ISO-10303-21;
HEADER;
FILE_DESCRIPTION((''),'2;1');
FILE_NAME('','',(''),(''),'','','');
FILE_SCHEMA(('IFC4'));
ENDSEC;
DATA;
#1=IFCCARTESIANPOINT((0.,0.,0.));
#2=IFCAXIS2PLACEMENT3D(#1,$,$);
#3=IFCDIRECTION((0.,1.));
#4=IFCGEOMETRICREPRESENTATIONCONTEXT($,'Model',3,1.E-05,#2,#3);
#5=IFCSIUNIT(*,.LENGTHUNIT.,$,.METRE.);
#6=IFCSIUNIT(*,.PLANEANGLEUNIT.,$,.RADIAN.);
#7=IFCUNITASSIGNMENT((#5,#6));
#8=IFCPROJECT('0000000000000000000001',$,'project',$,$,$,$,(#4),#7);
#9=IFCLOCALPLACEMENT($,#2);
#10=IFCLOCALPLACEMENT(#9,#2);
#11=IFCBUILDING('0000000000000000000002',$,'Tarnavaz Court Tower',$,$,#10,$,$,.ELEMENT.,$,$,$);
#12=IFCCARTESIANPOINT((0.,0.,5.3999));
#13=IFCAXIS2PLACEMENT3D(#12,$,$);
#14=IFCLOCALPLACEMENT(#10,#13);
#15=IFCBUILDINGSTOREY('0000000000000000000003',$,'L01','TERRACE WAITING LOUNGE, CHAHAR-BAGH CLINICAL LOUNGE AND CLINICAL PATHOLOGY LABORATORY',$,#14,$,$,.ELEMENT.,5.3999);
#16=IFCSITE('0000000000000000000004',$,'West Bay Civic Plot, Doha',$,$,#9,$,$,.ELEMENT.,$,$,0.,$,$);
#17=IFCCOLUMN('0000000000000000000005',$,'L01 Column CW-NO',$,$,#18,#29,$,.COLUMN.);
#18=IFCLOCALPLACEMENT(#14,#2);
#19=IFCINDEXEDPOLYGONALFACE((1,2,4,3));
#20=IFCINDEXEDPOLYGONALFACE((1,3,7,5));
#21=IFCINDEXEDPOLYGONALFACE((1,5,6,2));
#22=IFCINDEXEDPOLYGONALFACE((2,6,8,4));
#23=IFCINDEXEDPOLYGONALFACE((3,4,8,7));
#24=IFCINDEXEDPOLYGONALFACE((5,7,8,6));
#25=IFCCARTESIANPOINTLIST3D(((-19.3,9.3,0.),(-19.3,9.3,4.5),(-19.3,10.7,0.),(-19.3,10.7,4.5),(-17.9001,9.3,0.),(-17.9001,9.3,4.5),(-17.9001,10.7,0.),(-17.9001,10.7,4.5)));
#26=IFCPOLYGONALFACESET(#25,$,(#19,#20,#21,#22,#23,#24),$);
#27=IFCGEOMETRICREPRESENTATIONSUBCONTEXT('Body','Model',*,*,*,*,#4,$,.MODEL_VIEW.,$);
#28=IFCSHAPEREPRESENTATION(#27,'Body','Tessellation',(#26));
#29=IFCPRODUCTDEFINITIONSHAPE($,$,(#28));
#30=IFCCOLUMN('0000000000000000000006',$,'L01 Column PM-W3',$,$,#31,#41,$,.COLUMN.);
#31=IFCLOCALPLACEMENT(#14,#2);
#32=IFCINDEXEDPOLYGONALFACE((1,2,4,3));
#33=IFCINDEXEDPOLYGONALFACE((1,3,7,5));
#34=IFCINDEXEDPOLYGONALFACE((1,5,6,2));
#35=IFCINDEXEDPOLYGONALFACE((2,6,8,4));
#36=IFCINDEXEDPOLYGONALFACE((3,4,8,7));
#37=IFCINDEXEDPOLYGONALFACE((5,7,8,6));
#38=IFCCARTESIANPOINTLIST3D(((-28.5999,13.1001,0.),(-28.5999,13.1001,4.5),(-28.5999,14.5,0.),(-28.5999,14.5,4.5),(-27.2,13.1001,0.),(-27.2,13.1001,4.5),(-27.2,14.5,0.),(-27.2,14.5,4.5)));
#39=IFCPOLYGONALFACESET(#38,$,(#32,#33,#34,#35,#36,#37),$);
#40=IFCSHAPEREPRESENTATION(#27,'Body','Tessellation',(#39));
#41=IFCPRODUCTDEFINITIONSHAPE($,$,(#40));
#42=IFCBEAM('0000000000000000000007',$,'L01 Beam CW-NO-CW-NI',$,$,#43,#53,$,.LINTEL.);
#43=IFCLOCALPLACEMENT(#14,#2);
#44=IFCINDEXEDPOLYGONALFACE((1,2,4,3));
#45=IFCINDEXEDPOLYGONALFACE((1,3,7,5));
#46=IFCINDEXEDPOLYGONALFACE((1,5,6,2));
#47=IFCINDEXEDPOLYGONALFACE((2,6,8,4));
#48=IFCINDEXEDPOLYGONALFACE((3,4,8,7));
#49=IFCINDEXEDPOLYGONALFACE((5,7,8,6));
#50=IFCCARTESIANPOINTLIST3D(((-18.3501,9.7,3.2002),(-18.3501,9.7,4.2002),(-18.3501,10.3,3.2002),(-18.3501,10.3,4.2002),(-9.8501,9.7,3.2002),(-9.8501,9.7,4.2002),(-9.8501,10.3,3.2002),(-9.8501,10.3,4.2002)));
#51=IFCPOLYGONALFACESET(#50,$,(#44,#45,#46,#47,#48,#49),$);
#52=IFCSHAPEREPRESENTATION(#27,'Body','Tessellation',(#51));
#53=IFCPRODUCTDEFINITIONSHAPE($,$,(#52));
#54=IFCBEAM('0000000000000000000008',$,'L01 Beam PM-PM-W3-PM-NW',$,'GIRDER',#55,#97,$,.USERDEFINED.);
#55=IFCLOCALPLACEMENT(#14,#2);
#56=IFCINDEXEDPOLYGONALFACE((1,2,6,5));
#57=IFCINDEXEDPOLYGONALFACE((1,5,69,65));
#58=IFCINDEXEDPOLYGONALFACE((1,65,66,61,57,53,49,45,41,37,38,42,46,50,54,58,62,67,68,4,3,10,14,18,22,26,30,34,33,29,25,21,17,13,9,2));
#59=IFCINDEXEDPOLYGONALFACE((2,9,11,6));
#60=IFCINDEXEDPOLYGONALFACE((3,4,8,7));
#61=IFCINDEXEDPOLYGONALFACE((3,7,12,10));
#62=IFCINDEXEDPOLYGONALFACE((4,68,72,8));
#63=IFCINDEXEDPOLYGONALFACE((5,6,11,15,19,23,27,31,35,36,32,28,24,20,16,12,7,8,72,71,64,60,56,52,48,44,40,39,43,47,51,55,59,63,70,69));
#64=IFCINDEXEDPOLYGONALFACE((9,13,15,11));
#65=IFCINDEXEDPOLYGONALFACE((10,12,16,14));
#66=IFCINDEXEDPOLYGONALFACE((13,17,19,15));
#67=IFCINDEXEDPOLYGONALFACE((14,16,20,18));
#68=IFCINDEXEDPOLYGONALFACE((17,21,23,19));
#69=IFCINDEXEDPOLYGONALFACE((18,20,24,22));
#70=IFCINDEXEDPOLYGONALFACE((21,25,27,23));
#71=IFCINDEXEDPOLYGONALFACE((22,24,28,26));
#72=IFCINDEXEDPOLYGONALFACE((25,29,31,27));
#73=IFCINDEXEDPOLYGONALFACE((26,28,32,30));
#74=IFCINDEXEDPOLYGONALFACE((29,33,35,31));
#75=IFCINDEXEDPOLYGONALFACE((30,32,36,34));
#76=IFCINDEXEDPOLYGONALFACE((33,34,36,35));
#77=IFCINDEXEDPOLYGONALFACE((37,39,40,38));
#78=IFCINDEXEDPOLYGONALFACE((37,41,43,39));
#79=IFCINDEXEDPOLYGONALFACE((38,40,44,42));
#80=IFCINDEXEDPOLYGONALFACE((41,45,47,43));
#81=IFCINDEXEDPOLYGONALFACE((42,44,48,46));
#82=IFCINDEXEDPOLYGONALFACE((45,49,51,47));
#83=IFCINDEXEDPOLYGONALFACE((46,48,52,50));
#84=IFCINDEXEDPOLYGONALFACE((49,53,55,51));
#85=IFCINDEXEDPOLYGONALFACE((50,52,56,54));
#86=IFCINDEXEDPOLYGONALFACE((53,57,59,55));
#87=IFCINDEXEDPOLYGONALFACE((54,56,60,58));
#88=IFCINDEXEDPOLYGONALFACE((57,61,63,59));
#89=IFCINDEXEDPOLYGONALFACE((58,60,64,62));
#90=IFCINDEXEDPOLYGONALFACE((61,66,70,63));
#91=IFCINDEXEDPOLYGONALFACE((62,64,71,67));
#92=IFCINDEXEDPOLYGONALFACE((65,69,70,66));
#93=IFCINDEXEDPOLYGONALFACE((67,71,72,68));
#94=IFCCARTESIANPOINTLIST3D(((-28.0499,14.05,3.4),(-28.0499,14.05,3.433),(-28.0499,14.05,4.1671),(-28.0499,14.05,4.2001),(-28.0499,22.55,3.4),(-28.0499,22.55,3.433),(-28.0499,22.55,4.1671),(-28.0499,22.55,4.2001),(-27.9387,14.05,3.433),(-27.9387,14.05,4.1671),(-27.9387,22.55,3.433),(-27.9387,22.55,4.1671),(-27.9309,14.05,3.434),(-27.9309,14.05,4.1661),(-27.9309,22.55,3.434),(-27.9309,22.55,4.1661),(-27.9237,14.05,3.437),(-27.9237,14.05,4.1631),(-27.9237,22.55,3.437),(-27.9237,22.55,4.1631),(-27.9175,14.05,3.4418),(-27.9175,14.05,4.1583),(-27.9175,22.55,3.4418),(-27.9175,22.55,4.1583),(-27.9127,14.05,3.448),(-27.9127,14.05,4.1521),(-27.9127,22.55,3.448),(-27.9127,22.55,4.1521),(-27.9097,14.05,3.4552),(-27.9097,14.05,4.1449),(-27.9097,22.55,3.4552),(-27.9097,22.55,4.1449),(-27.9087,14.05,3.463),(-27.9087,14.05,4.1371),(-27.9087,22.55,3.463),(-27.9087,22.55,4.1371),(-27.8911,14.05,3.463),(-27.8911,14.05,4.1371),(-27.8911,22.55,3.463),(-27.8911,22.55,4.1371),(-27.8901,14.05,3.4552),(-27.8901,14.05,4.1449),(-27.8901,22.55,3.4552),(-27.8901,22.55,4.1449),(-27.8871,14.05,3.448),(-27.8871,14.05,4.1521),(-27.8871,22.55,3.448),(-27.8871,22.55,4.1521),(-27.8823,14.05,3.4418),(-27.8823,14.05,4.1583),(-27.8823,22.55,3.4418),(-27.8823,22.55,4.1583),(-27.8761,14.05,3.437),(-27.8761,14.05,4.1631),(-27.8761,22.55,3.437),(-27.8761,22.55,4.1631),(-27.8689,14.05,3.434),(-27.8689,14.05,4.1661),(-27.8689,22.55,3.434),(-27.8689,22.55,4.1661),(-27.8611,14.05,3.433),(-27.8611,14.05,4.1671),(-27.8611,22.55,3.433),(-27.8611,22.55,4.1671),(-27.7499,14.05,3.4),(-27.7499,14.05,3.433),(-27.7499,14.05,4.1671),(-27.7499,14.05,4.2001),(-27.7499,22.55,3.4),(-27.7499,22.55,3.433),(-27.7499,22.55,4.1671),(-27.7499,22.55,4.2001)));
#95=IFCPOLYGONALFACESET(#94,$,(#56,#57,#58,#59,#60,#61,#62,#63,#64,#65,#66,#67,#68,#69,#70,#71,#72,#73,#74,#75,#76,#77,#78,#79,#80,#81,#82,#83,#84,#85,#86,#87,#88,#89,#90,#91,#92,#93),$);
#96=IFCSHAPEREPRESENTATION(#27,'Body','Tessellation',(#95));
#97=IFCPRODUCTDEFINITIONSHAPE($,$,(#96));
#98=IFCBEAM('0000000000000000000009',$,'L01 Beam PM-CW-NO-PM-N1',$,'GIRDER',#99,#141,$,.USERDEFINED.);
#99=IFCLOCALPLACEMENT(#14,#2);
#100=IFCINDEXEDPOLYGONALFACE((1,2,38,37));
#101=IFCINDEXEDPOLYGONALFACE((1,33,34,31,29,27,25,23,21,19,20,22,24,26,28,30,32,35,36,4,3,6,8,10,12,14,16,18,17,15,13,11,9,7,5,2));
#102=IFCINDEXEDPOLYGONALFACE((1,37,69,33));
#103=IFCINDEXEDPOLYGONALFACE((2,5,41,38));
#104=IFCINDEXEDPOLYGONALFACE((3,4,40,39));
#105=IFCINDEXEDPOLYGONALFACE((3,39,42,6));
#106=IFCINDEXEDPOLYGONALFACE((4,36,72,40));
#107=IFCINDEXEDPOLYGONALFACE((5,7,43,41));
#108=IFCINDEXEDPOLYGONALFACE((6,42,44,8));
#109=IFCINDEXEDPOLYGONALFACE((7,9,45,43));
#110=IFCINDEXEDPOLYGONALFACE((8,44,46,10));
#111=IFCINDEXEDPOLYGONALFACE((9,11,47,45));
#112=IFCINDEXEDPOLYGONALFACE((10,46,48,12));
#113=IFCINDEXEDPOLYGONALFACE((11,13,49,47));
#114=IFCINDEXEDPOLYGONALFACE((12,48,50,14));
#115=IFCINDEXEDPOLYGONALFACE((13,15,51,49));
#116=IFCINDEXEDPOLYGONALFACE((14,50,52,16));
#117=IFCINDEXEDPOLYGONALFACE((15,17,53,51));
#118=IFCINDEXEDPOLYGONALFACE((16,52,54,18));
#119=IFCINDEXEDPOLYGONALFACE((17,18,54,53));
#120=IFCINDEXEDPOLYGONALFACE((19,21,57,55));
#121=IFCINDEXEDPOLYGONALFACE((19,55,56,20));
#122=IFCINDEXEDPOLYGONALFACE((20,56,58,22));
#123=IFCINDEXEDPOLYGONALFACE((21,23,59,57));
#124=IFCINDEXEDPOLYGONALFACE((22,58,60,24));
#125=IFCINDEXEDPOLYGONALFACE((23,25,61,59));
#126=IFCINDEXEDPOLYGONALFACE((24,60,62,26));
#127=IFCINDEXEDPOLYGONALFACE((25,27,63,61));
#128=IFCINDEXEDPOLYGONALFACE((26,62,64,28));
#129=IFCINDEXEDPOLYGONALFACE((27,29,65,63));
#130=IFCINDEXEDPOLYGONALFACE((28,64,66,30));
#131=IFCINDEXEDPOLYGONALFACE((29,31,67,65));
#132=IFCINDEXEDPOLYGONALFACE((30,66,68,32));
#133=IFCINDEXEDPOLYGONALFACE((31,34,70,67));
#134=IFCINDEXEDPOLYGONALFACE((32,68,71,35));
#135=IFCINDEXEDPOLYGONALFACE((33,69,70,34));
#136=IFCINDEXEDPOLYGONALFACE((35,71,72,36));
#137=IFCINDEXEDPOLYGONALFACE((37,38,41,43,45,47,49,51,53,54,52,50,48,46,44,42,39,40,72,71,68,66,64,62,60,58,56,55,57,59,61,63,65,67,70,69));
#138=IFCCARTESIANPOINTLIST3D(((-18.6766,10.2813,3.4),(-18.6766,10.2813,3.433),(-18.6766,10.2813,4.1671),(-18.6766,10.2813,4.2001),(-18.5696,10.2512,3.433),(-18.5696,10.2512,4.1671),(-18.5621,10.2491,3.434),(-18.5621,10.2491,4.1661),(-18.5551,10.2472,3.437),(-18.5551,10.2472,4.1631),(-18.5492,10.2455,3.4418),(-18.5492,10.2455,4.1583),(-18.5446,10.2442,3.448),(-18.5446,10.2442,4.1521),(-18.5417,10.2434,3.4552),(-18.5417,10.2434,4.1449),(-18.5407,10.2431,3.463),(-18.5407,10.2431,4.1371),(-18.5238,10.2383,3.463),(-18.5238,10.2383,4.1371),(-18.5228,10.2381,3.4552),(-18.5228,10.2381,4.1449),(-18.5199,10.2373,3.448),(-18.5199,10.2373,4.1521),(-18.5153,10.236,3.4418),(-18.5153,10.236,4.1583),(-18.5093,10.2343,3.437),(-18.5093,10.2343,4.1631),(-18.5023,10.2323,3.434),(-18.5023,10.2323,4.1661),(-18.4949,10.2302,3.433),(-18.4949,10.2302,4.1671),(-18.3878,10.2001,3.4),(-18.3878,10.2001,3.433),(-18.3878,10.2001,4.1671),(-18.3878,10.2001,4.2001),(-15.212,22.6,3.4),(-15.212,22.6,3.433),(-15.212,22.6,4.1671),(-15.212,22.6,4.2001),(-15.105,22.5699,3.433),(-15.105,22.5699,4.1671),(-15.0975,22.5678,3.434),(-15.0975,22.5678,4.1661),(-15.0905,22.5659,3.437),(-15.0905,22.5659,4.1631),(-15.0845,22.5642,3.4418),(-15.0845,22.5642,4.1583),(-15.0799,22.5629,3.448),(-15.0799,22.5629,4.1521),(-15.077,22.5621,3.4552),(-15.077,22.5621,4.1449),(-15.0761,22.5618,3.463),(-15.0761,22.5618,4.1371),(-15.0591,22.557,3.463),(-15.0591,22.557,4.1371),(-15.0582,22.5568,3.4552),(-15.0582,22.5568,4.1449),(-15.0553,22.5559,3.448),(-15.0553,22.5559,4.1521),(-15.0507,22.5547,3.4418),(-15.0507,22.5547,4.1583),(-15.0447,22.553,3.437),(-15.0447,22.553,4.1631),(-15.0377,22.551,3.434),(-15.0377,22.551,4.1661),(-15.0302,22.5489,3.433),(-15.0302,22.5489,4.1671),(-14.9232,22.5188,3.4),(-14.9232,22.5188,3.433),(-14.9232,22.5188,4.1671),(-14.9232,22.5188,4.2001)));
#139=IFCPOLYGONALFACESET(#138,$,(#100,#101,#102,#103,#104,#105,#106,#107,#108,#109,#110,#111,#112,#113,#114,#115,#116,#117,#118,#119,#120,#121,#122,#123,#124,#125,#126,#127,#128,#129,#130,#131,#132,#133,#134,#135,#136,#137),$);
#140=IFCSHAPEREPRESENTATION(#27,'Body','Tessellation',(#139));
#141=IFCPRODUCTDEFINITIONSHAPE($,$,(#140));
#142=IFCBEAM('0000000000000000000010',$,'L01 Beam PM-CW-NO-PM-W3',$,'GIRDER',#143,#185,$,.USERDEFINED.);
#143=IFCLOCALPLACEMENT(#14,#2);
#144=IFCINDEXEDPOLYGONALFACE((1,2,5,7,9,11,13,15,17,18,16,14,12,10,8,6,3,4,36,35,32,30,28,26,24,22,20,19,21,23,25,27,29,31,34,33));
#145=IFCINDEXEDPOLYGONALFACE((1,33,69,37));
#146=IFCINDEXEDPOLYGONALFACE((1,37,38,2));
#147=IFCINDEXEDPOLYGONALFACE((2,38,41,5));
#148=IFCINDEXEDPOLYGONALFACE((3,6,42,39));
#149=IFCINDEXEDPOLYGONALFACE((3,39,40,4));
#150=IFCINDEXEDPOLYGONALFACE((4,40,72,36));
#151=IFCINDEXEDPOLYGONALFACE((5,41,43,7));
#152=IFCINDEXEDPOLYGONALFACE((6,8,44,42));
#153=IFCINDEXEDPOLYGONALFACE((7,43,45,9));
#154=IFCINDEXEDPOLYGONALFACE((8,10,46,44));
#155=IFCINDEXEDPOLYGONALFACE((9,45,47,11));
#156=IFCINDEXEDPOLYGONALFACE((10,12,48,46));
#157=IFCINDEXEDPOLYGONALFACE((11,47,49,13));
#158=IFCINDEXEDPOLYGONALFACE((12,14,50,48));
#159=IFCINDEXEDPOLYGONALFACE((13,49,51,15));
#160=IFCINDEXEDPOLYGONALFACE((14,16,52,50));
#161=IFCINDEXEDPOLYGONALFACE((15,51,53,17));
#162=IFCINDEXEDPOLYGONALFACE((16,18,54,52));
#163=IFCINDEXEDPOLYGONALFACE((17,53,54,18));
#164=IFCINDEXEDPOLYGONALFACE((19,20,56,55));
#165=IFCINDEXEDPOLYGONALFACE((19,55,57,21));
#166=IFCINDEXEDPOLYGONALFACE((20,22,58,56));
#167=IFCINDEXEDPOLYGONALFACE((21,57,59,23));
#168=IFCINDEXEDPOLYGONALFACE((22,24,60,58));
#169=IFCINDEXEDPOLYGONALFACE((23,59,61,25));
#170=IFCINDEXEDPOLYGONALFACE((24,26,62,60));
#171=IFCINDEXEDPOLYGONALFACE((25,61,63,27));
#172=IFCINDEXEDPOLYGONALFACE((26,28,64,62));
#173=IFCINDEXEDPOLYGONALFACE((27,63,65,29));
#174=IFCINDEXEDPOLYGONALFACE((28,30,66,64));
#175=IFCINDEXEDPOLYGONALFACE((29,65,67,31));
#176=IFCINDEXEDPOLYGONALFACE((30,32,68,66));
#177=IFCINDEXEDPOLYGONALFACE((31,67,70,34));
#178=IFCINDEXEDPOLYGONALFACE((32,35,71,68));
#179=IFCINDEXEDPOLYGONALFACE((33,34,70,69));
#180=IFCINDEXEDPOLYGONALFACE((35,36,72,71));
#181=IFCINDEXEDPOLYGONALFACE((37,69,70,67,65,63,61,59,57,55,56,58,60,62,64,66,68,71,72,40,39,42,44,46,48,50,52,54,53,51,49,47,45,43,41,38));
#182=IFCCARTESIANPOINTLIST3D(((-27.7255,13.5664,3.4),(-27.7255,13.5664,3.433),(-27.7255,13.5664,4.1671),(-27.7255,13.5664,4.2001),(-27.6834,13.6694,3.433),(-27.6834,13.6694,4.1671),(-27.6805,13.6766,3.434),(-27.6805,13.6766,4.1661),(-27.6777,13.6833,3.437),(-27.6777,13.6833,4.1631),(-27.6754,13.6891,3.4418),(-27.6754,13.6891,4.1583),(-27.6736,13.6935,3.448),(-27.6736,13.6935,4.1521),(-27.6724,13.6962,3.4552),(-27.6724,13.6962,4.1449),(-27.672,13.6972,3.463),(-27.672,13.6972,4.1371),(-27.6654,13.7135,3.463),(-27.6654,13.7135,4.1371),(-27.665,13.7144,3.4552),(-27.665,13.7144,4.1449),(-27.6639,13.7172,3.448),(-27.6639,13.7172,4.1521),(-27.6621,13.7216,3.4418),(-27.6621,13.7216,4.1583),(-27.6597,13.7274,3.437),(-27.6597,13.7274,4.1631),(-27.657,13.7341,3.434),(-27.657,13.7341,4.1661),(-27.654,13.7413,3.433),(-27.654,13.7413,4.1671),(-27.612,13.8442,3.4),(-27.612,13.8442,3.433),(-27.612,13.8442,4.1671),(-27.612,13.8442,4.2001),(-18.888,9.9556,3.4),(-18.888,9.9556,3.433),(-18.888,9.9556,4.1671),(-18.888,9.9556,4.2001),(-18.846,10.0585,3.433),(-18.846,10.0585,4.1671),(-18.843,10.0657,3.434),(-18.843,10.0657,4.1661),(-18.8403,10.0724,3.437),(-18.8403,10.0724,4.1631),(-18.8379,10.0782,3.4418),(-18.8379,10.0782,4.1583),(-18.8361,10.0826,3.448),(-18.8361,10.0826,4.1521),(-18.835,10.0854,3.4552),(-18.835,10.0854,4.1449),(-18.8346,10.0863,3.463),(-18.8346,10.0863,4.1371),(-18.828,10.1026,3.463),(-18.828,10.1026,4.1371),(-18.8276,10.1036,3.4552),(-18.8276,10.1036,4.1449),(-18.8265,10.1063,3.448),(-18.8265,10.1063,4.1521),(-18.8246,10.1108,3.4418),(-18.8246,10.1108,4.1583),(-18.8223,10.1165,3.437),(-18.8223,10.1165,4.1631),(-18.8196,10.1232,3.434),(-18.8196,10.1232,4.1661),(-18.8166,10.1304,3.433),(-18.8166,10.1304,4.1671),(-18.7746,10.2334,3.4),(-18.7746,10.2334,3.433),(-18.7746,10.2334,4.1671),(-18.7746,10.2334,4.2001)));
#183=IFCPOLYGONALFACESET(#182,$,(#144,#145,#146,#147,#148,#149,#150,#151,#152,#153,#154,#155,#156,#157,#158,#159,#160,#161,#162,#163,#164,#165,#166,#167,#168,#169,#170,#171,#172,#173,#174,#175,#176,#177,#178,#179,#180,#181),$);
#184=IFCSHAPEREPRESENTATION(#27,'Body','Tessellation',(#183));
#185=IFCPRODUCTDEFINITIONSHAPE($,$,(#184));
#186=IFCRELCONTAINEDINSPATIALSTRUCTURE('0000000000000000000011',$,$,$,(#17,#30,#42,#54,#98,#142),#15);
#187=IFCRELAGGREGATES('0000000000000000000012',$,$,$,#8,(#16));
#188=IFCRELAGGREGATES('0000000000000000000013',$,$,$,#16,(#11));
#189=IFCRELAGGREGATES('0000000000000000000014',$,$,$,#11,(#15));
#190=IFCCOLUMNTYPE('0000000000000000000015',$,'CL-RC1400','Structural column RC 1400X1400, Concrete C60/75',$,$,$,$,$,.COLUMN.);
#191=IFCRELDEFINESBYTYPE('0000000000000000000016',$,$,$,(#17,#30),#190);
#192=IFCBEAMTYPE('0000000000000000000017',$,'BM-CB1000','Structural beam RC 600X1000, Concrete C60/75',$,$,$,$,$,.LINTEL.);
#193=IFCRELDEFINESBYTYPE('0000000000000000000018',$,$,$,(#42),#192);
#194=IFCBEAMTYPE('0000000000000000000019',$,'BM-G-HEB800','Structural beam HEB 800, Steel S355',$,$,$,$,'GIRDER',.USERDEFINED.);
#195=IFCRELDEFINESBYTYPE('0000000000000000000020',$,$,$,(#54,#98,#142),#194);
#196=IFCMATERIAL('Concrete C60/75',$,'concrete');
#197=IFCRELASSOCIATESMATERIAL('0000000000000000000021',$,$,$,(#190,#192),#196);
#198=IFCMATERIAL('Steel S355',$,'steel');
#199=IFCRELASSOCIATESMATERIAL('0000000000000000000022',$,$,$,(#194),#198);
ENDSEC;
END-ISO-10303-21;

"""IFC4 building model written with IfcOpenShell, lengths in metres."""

from ifc_helpers import new_model, si_unit, direction, frame, origin, origin_2d, place, context, subcontext, project, spatial, rectangle, i_section, extrude, material, material_profile, profile_set, type_object, element, save


model = new_model("IFC4")

# Units and contexts
model_context = context("Model", 3, precision=1e-05, world=origin(), true_north=direction((0.0, 1.0)))
body_context = subcontext(model_context, "Body", "Model", "MODEL_VIEW")
ifc_project = project(units=[si_unit("LENGTHUNIT", "METRE"), si_unit("PLANEANGLEUNIT", "RADIAN")], contexts=[model_context])

# Site, building, storey
site_placement = place(None, origin())
site = spatial("IfcSite", under=ifc_project, at=site_placement, Name="West Bay Civic Plot, Doha", CompositionType="ELEMENT", RefElevation=0.0)
building_placement = place(site_placement, origin())
building = spatial("IfcBuilding", under=site, at=building_placement, Name="Tarnavaz Court Tower", CompositionType="ELEMENT")
storey_placement = place(building_placement, frame((0.0, 0.0, 5.3999)))
storey = spatial("IfcBuildingStorey", under=building, at=storey_placement, Name="L01", Description="TERRACE WAITING LOUNGE, CHAHAR-BAGH CLINICAL LOUNGE AND CLINICAL PATHOLOGY LABORATORY", CompositionType="ELEMENT", Elevation=5.3999)

# Columns
ifc_material_1 = material(Name="Concrete C60/75", Category="concrete")
ifc_material_profile_1 = material_profile(ifc_material_1, rectangle(XDim=1.3999, YDim=1.3999, at=origin_2d()), Name="RC 1400X1400")
ifc_profile_set_1 = profile_set([ifc_material_profile_1], Name="Concrete C60/75")
column_type = type_object("IfcColumnType", Name="CL-RC1400", Description="Structural column RC 1400X1400, Concrete C60/75", PredefinedType="COLUMN", material=ifc_profile_set_1)
for number, where, z_axis, x_axis, name in (
    (1, (-18.6001, 10.0, 0.0), (0.0, 0.0, 1.0), (1.0, 0.0, 0.0), "L01 Column CW-NO"),
    (2, (-27.8999, 13.8, 0.0), (0.0, 0.0, 1.0), (1.0, 0.0, 0.0), "L01 Column PM-W3"),
):
    element("IfcColumn", number, at=place(storey_placement, frame(where, z_axis=z_axis, x_axis=x_axis)), inside=storey, type_object=column_type, Name=name, PredefinedType="COLUMN", context=body_context, shape_type="SweptSolid", body=[
        extrude(rectangle(XDim=1.3999, YDim=1.3999, at=origin_2d()), origin(), (0.0, 0.0, 1.0), 4.5),
    ])

# Beams
ifc_material_profile_2 = material_profile(ifc_material_1, rectangle(XDim=0.6001, YDim=1.0, at=origin_2d()), Name="RC 600X1000")
ifc_profile_set_2 = profile_set([ifc_material_profile_2], Name="Concrete C60/75")
beam_type_1 = type_object("IfcBeamType", Name="BM-CB1000", Description="Structural beam RC 600X1000, Concrete C60/75", PredefinedType="LINTEL", material=ifc_profile_set_2)
beam_1_placement = place(storey_placement, frame((-18.3501, 10.0, 3.7002), z_axis=(1.0, 0.0, 0.0), x_axis=(0.0, 1.0, 0.0)))
element("IfcBeam", 3, at=beam_1_placement, inside=storey, type_object=beam_type_1, Name="L01 Beam CW-NO-CW-NI", PredefinedType="LINTEL", context=body_context, shape_type="SweptSolid", body=[
    extrude(rectangle(XDim=0.6001, YDim=1.0, at=origin_2d()), origin(), (0.0, 0.0, 1.0), 8.5),
])
ifc_material_2 = material(Name="Steel S355", Category="steel")
ifc_material_profile_3 = material_profile(ifc_material_2, i_section(OverallWidth=0.3, OverallDepth=0.8, WebThickness=0.0176, FlangeThickness=0.033, FilletRadius=0.03, at=origin_2d()), Name="HEB 800")
ifc_profile_set_3 = profile_set([ifc_material_profile_3], Name="Steel S355")
beam_type_2 = type_object("IfcBeamType", Name="BM-G-HEB800", Description="Structural beam HEB 800, Steel S355", ElementType="GIRDER", PredefinedType="USERDEFINED", material=ifc_profile_set_3)
beam_2_placement = place(storey_placement, frame((-27.8999, 14.05, 3.8), z_axis=(0.0, 1.0, 0.0), x_axis=(-1.0, 0.0, 0.0)))
element("IfcBeam", 4, at=beam_2_placement, inside=storey, type_object=beam_type_2, Name="L01 Beam PM-PM-W3-PM-NW", ObjectType="GIRDER", PredefinedType="USERDEFINED", context=body_context, shape_type="SweptSolid", body=[
    extrude(i_section(OverallWidth=0.3, OverallDepth=0.8, WebThickness=0.0176, FlangeThickness=0.033, FilletRadius=0.03, at=origin_2d()), origin(), (0.0, 0.0, 1.0), 8.5),
])
beam_3_placement = place(storey_placement, frame((-18.5322, 10.2407, 3.8), z_axis=(0.270745, 0.962651, 0.0), x_axis=(-0.962651, 0.270745, 0.0)))
element("IfcBeam", 5, at=beam_3_placement, inside=storey, type_object=beam_type_2, Name="L01 Beam PM-CW-NO-PM-N1", ObjectType="GIRDER", PredefinedType="USERDEFINED", context=body_context, shape_type="SweptSolid", body=[
    extrude(i_section(OverallWidth=0.3, OverallDepth=0.8, WebThickness=0.0176, FlangeThickness=0.033, FilletRadius=0.03, at=origin_2d()), origin(), (0.0, 0.0, 1.0), 12.7966),
])
beam_4_placement = place(storey_placement, frame((-18.8313, 10.0945, 3.8), z_axis=(-0.925711, 0.378233, 0.0), x_axis=(-0.378233, -0.925711, 0.0)))
element("IfcBeam", 6, at=beam_4_placement, inside=storey, type_object=beam_type_2, Name="L01 Beam PM-CW-NO-PM-W3", ObjectType="GIRDER", PredefinedType="USERDEFINED", context=body_context, shape_type="SweptSolid", body=[
    extrude(i_section(OverallWidth=0.3, OverallDepth=0.8, WebThickness=0.0176, FlangeThickness=0.033, FilletRadius=0.03, at=origin_2d()), origin(), (0.0, 0.0, 1.0), 9.5466),
])

save(model, "model.ifc")
